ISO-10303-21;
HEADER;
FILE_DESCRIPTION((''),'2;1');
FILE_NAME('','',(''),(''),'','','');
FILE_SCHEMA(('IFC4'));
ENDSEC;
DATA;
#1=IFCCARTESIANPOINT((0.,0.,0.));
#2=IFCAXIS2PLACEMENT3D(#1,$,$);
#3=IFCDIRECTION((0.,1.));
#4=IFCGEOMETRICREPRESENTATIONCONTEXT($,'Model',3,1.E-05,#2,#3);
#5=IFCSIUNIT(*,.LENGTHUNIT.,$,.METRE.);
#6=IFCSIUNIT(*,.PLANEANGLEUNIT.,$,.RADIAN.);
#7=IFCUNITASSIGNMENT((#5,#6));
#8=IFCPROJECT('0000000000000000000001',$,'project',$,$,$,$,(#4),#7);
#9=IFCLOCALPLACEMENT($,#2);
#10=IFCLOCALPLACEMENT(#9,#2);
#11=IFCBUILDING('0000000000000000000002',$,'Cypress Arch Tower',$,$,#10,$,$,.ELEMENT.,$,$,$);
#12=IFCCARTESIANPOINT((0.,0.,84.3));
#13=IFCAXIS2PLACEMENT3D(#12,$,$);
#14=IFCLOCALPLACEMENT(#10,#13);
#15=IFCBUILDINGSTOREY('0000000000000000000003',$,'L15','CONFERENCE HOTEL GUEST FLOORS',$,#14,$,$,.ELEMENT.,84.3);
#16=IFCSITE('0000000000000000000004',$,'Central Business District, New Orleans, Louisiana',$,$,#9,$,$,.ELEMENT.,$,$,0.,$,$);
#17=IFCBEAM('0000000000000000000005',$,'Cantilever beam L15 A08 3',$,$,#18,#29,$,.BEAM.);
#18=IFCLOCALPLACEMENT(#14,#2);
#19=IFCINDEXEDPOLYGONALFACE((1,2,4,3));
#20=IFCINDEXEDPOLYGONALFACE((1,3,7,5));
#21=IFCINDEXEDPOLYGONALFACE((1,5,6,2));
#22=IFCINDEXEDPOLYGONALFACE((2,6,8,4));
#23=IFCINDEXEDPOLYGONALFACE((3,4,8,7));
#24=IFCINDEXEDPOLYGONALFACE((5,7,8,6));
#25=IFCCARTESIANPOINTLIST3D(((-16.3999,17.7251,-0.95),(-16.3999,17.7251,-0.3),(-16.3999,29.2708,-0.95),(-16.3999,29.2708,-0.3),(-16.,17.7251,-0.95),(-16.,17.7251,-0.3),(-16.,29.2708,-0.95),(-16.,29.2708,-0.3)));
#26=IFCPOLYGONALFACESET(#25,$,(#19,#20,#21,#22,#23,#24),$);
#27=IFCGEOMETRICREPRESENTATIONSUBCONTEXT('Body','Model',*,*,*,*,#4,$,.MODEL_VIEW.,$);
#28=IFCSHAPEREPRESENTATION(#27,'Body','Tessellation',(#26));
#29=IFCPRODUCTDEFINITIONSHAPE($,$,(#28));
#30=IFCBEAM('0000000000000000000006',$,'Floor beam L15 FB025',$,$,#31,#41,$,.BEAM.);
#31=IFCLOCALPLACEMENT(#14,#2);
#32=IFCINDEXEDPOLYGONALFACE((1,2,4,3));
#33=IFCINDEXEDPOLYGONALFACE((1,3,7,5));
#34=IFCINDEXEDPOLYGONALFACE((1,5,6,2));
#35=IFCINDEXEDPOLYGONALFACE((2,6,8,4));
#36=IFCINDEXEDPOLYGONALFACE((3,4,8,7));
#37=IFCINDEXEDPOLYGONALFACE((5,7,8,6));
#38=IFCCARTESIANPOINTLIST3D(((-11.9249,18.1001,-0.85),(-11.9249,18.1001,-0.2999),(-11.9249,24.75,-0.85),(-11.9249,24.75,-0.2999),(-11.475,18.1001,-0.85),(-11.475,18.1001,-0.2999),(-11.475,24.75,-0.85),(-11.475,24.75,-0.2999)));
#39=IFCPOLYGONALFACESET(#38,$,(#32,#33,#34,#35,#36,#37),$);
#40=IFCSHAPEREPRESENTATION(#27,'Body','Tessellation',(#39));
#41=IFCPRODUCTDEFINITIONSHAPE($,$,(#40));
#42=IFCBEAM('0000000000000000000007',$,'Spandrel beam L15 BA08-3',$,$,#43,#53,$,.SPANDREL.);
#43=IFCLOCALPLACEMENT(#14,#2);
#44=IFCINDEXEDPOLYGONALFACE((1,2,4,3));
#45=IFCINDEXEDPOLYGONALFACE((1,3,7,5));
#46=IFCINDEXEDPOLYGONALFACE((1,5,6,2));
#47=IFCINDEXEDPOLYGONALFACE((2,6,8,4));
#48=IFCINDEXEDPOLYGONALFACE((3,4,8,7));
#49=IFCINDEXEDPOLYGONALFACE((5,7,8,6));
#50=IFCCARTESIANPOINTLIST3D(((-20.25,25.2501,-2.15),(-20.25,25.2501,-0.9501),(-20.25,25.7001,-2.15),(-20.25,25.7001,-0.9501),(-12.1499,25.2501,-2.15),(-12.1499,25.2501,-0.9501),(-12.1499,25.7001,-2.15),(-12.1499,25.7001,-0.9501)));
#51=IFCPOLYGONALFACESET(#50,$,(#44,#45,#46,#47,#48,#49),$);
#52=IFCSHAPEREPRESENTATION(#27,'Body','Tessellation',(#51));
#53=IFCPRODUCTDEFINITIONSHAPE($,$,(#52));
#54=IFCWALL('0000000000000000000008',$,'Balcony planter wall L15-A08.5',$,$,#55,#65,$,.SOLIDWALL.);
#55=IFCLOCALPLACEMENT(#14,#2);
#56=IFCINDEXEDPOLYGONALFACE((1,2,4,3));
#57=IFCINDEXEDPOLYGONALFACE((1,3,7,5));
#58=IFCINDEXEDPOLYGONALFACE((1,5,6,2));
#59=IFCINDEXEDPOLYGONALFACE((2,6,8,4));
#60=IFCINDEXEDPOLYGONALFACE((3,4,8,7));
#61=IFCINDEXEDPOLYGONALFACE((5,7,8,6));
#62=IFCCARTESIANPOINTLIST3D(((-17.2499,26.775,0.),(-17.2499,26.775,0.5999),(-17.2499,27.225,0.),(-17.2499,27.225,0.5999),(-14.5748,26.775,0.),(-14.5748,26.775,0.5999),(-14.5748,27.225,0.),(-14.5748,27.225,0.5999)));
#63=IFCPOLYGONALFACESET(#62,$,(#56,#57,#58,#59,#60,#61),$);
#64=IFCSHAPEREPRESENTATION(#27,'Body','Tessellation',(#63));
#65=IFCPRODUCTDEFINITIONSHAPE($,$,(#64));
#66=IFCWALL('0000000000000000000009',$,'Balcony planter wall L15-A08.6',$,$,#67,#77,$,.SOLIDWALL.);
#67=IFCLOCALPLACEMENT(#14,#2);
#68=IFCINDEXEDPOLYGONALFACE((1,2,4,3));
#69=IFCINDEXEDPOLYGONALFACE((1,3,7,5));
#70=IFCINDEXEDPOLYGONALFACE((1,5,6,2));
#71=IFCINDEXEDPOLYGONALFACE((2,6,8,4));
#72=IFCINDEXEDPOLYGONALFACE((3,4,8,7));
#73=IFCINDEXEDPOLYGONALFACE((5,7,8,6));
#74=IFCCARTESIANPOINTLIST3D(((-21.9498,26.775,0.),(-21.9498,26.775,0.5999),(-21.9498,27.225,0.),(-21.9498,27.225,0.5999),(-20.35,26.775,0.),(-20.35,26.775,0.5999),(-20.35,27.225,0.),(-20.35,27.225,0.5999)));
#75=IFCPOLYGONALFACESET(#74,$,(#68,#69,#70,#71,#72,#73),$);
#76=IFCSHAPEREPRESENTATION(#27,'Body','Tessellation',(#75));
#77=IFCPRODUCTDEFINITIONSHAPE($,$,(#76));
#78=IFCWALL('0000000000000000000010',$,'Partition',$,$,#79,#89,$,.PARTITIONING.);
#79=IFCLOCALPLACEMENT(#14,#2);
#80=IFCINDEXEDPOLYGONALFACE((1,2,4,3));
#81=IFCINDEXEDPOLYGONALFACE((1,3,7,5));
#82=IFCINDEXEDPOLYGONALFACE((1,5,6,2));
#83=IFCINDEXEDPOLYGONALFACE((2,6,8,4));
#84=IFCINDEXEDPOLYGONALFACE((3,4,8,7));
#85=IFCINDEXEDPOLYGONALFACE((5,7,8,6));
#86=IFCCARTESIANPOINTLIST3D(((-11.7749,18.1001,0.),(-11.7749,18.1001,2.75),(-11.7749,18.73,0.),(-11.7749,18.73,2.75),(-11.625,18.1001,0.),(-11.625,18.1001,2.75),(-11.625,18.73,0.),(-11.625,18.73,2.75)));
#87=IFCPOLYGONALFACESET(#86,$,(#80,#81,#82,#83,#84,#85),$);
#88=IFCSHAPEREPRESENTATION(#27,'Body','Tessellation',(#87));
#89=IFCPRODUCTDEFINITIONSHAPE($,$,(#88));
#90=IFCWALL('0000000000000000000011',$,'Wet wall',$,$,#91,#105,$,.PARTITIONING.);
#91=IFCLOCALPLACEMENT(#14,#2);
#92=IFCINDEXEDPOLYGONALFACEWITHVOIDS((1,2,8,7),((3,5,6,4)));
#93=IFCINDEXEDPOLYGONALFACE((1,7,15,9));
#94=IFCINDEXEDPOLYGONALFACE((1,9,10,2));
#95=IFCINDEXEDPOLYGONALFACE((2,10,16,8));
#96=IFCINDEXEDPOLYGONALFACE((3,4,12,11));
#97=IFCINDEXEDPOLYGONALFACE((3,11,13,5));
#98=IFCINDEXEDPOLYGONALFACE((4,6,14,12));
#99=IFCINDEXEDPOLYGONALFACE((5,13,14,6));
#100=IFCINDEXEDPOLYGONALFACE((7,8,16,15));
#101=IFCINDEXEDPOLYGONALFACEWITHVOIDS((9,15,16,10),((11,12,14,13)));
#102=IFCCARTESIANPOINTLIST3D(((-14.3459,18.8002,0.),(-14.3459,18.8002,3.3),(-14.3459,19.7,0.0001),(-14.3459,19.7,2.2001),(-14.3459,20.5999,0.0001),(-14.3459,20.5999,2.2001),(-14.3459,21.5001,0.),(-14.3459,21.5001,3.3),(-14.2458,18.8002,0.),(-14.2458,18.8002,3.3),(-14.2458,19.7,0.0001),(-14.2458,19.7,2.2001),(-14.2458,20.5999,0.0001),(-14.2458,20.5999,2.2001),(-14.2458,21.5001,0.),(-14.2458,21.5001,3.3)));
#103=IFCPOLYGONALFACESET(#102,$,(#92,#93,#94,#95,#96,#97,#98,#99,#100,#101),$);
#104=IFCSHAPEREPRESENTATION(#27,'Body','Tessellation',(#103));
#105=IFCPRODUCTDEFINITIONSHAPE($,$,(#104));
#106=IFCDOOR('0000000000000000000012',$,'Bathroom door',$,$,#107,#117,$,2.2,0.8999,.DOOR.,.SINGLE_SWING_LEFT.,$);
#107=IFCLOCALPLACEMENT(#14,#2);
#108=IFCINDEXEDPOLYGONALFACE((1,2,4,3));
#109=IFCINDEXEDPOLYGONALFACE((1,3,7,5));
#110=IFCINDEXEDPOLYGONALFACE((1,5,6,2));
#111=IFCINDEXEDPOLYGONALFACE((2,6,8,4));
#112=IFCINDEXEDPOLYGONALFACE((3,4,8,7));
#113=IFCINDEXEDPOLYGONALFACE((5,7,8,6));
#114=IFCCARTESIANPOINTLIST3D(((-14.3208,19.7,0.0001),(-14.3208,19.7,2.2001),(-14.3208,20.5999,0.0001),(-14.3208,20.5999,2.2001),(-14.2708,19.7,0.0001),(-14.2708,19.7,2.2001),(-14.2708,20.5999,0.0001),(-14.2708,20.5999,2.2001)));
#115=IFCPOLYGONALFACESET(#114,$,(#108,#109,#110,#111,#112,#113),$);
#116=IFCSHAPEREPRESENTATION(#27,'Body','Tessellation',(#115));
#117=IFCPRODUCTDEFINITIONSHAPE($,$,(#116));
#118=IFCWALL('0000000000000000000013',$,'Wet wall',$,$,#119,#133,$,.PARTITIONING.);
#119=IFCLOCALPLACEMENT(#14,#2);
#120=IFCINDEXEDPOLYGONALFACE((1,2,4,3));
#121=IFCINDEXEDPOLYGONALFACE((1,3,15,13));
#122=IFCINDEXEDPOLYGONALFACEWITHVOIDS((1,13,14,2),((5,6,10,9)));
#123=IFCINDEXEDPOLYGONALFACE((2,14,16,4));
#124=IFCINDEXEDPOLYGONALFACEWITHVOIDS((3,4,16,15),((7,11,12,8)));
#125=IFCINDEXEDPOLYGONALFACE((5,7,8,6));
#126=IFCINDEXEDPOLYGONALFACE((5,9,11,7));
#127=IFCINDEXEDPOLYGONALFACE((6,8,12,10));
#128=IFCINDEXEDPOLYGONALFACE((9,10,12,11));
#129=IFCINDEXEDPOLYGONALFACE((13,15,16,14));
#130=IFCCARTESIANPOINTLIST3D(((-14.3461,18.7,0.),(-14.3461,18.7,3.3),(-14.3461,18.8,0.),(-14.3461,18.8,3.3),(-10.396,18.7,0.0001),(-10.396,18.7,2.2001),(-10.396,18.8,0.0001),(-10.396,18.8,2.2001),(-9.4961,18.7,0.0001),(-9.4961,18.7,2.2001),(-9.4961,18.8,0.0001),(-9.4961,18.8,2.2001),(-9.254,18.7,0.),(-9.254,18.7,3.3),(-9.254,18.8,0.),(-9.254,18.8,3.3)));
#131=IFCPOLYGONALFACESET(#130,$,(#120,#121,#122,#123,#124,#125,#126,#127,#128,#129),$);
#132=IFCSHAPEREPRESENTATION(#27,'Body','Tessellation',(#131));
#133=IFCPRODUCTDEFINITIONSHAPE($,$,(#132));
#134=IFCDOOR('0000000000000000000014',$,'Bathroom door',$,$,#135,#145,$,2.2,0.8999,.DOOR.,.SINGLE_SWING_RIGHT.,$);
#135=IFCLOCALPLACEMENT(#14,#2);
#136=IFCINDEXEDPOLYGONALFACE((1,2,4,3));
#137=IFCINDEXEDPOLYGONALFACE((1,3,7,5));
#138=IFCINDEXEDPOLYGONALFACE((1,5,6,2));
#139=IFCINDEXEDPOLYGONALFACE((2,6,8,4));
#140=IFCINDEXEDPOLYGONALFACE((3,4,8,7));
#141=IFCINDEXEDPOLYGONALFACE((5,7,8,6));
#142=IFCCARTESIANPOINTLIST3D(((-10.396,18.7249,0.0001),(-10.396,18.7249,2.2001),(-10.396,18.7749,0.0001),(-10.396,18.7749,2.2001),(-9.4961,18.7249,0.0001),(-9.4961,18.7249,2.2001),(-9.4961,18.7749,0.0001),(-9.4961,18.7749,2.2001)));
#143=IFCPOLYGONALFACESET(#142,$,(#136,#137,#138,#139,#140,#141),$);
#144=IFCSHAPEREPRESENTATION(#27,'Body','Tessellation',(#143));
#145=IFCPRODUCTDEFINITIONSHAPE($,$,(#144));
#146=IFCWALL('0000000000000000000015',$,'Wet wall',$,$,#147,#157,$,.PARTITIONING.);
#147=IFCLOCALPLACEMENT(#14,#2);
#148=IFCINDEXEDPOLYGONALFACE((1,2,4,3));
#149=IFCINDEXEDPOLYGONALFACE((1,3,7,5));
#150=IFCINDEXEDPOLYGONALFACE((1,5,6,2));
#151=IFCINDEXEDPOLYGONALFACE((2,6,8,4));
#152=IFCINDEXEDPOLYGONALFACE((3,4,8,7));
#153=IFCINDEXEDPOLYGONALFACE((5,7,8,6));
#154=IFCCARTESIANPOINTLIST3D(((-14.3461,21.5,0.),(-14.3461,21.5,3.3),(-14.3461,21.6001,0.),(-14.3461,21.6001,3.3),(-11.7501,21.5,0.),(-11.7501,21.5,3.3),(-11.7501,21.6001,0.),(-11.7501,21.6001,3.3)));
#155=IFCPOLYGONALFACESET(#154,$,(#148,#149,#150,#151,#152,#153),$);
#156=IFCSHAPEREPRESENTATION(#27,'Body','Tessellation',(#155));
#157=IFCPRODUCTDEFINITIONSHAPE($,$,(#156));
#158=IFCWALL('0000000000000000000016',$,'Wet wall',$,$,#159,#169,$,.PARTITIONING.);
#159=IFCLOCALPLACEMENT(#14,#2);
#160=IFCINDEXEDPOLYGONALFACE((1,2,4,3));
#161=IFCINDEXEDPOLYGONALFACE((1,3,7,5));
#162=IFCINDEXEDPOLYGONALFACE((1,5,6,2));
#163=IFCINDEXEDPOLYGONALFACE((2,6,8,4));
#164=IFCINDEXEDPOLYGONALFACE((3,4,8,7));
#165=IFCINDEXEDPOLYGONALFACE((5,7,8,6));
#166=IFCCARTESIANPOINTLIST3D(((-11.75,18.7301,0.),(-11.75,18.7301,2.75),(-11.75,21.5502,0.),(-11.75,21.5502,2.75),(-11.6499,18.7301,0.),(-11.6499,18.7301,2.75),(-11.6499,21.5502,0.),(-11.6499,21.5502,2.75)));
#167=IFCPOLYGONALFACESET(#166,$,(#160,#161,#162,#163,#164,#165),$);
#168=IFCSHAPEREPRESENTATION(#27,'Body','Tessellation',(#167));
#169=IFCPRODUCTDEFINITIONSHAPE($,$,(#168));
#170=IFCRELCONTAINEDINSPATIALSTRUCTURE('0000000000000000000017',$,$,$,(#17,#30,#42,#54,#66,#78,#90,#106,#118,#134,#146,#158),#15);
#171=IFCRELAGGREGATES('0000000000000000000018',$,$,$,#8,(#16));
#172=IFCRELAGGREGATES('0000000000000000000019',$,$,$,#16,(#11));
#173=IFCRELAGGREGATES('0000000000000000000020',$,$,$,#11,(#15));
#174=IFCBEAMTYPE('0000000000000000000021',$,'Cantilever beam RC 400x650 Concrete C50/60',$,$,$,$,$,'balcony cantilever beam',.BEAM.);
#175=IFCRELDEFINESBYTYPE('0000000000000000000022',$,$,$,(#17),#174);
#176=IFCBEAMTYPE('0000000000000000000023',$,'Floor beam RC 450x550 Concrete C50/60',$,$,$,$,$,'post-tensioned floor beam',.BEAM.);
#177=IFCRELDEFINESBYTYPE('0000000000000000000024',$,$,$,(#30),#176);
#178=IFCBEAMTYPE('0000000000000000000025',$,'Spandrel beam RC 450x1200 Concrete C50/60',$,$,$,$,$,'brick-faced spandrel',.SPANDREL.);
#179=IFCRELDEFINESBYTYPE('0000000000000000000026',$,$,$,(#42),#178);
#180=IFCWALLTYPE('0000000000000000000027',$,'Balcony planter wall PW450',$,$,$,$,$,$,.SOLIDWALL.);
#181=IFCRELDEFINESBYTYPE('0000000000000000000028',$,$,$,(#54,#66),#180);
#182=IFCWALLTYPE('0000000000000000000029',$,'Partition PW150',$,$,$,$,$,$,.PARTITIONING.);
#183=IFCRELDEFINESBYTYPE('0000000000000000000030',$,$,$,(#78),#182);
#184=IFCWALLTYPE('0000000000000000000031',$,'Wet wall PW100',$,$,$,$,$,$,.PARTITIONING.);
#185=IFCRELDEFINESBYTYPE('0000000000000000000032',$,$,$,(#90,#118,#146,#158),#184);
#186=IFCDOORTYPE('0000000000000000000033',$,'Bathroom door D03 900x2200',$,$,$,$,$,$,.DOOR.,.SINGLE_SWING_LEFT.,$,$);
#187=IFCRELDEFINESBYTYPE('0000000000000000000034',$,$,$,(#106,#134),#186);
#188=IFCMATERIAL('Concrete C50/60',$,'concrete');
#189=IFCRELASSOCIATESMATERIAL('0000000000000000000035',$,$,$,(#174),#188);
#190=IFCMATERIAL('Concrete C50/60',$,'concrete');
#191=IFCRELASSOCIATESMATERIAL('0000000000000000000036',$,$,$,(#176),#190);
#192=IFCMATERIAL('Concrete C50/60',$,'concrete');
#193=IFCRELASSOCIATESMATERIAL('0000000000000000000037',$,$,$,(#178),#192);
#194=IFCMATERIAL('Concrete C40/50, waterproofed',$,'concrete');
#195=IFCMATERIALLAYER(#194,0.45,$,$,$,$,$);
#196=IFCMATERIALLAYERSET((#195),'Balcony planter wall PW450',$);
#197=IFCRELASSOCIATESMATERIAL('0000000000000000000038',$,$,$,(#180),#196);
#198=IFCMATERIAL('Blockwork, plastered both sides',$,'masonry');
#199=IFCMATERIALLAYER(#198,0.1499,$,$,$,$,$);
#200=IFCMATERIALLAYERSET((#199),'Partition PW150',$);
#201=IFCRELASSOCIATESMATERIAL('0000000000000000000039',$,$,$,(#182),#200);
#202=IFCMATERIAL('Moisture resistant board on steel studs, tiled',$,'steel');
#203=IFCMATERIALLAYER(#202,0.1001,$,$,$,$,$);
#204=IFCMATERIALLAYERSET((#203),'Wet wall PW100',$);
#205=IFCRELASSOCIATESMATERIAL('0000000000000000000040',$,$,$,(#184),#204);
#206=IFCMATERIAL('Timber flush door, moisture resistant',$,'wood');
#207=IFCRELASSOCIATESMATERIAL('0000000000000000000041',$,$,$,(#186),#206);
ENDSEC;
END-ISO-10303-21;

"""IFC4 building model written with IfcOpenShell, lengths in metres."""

from ifc_helpers import new_model, si_unit, direction, frame, frame_2d, origin, origin_2d, place, context, subcontext, project, spatial, rectangle, extrude, material, layer, layer_set, material_profile, profile_set, type_object, element, fill, save


model = new_model("IFC4")

# Units and contexts
model_context = context("Model", 3, precision=1e-05, world=origin(), true_north=direction((0.0, 1.0)))
body_context = subcontext(model_context, "Body", "Model", "MODEL_VIEW")
ifc_project = project(units=[si_unit("LENGTHUNIT", "METRE"), si_unit("PLANEANGLEUNIT", "RADIAN")], contexts=[model_context])

# Site, building, storey
site_placement = place(None, origin())
site = spatial("IfcSite", under=ifc_project, at=site_placement, Name="Central Business District, New Orleans, Louisiana", CompositionType="ELEMENT", RefElevation=0.0)
building_placement = place(site_placement, origin())
building = spatial("IfcBuilding", under=site, at=building_placement, Name="Cypress Arch Tower", CompositionType="ELEMENT")
storey_placement = place(building_placement, frame((0.0, 0.0, 84.3)))
storey = spatial("IfcBuildingStorey", under=building, at=storey_placement, Name="L15", Description="CONFERENCE HOTEL GUEST FLOORS", CompositionType="ELEMENT", Elevation=84.3)

# Beams
ifc_material_1 = material(Name="Concrete C50/60", Category="concrete")
ifc_material_profile_1 = material_profile(ifc_material_1, rectangle(XDim=0.3999, YDim=0.6499, at=origin_2d()), Name="RC 400x650")
ifc_profile_set_1 = profile_set([ifc_material_profile_1], Name="Concrete C50/60")
beam_type_1 = type_object("IfcBeamType", Name="Cantilever beam RC 400x650 Concrete C50/60", ElementType="balcony cantilever beam", PredefinedType="BEAM", material=ifc_profile_set_1)
beam_1_placement = place(storey_placement, frame((-16.2, 17.7251, -0.625), z_axis=(0.0, 1.0, 0.0), x_axis=(-1.0, 0.0, 0.0)))
element("IfcBeam", 1, at=beam_1_placement, inside=storey, type_object=beam_type_1, Name="Cantilever beam L15 A08 3", PredefinedType="BEAM", context=body_context, shape_type="SweptSolid", body=[
    extrude(rectangle(XDim=0.3999, YDim=0.6499, at=origin_2d()), origin(), (0.0, 0.0, 1.0), 11.5457),
])
ifc_material_2 = material(Name="Concrete C50/60", Category="concrete")
ifc_material_profile_2 = material_profile(ifc_material_2, rectangle(XDim=0.45, YDim=0.55, at=origin_2d()), Name="RC 450x550")
ifc_profile_set_2 = profile_set([ifc_material_profile_2], Name="Concrete C50/60")
beam_type_2 = type_object("IfcBeamType", Name="Floor beam RC 450x550 Concrete C50/60", ElementType="post-tensioned floor beam", PredefinedType="BEAM", material=ifc_profile_set_2)
beam_2_placement = place(storey_placement, frame((-11.7, 18.1001, -0.575), z_axis=(0.0, 1.0, 0.0), x_axis=(-1.0, 0.0, 0.0)))
element("IfcBeam", 2, at=beam_2_placement, inside=storey, type_object=beam_type_2, Name="Floor beam L15 FB025", PredefinedType="BEAM", context=body_context, shape_type="SweptSolid", body=[
    extrude(rectangle(XDim=0.45, YDim=0.55, at=origin_2d()), origin(), (0.0, 0.0, 1.0), 6.6499),
])
ifc_material_3 = material(Name="Concrete C50/60", Category="concrete")
ifc_material_profile_3 = material_profile(ifc_material_3, rectangle(XDim=0.45, YDim=1.2, at=origin_2d()), Name="RC 450x1200")
ifc_profile_set_3 = profile_set([ifc_material_profile_3], Name="Concrete C50/60")
beam_type_3 = type_object("IfcBeamType", Name="Spandrel beam RC 450x1200 Concrete C50/60", ElementType="brick-faced spandrel", PredefinedType="SPANDREL", material=ifc_profile_set_3)
beam_3_placement = place(storey_placement, frame((-12.1499, 25.4751, -1.55), z_axis=(-1.0, 0.0, 0.0), x_axis=(0.0, -1.0, 0.0)))
element("IfcBeam", 3, at=beam_3_placement, inside=storey, type_object=beam_type_3, Name="Spandrel beam L15 BA08-3", PredefinedType="SPANDREL", context=body_context, shape_type="SweptSolid", body=[
    extrude(rectangle(XDim=0.45, YDim=1.2, at=origin_2d()), origin(), (0.0, 0.0, 1.0), 8.1001),
])

# Walls
ifc_material_4 = material(Name="Concrete C40/50, waterproofed", Category="concrete")
ifc_layer_1 = layer(ifc_material_4, 0.45)
ifc_layer_set_1 = layer_set([ifc_layer_1], Name="Balcony planter wall PW450")
wall_type_1 = type_object("IfcWallType", Name="Balcony planter wall PW450", PredefinedType="SOLIDWALL", material=ifc_layer_set_1)
wall_1_placement = place(storey_placement, frame((-14.575, 27.0, 0.0), z_axis=(0.0, 0.0, 1.0), x_axis=(-1.0, 0.0, 0.0)))
element("IfcWall", 4, at=wall_1_placement, inside=storey, type_object=wall_type_1, Name="Balcony planter wall L15-A08.5", PredefinedType="SOLIDWALL", context=body_context, shape_type="SweptSolid", body=[
    extrude(rectangle(XDim=2.675, YDim=0.45, at=frame_2d((1.3374, 0.0))), origin(), (0.0, 0.0, 1.0), 0.5999),
])
wall_2_placement = place(storey_placement, frame((-20.3501, 27.0, 0.0), z_axis=(0.0, 0.0, 1.0), x_axis=(-1.0, 0.0, 0.0)))
element("IfcWall", 5, at=wall_2_placement, inside=storey, type_object=wall_type_1, Name="Balcony planter wall L15-A08.6", PredefinedType="SOLIDWALL", context=body_context, shape_type="SweptSolid", body=[
    extrude(rectangle(XDim=1.5999, YDim=0.45, at=frame_2d((0.7998, 0.0))), origin(), (0.0, 0.0, 1.0), 0.5999),
])

# Wall
ifc_material_5 = material(Name="Blockwork, plastered both sides", Category="masonry")
ifc_layer_2 = layer(ifc_material_5, 0.1499)
ifc_layer_set_2 = layer_set([ifc_layer_2], Name="Partition PW150")
wall_type_2 = type_object("IfcWallType", Name="Partition PW150", PredefinedType="PARTITIONING", material=ifc_layer_set_2)
wall_3_placement = place(storey_placement, frame((-11.7, 18.1001, 0.0), z_axis=(0.0, 0.0, 1.0), x_axis=(0.0, 1.0, 0.0)))
element("IfcWall", 6, at=wall_3_placement, inside=storey, type_object=wall_type_2, Name="Partition", PredefinedType="PARTITIONING", context=body_context, shape_type="SweptSolid", body=[
    extrude(rectangle(XDim=0.6299, YDim=0.1499, at=frame_2d((0.3149, 0.0))), origin(), (0.0, 0.0, 1.0), 2.75),
])

# Walls, openings, doors
ifc_material_6 = material(Name="Moisture resistant board on steel studs, tiled", Category="steel")
ifc_layer_3 = layer(ifc_material_6, 0.1001)
ifc_layer_set_3 = layer_set([ifc_layer_3], Name="Wet wall PW100")
wall_type_3 = type_object("IfcWallType", Name="Wet wall PW100", PredefinedType="PARTITIONING", material=ifc_layer_set_3)
wall_4_placement = place(storey_placement, frame((-14.2959, 18.8, 0.0), z_axis=(0.0, 0.0, 1.0), x_axis=(0.0, 1.0, 0.0)))
wall_4 = element("IfcWall", 7, at=wall_4_placement, inside=storey, type_object=wall_type_3, Name="Wet wall", PredefinedType="PARTITIONING", context=body_context, shape_type="SweptSolid", body=[
    extrude(rectangle(XDim=2.7, YDim=0.1001, at=frame_2d((1.3501, 0.0))), origin(), (0.0, 0.0, 1.0), 3.3),
])
opening_1_placement = place(wall_4_placement, frame((0.8999, 0.0, 0.0)))
opening_1 = element("IfcOpeningElement", 8, at=opening_1_placement, cuts=wall_4, PredefinedType="OPENING", context=body_context, shape_type="SweptSolid", body=[
    extrude(rectangle(XDim=0.8999, YDim=2.2, at=frame_2d((0.45, 1.1001))), frame((0.0, 0.0601, 0.0), z_axis=(0.0, -1.0, 0.0), x_axis=(1.0, 0.0, 0.0)), (0.0, 0.0, 1.0), 0.1201),
])
ifc_material_7 = material(Name="Timber flush door, moisture resistant", Category="wood")
door_type_1 = type_object("IfcDoorType", Name="Bathroom door D03 900x2200", OperationType="SINGLE_SWING_LEFT", PredefinedType="DOOR", material=ifc_material_7)
door_1_placement = place(opening_1_placement, origin())
door_1 = element("IfcDoor", 9, at=door_1_placement, inside=storey, type_object=door_type_1, Name="Bathroom door", OperationType="SINGLE_SWING_LEFT", OverallHeight=2.2, OverallWidth=0.8999, PredefinedType="DOOR", context=body_context, shape_type="SweptSolid", body=[
    extrude(rectangle(XDim=0.8999, YDim=2.2, at=frame_2d((0.45, 1.1001))), frame((0.0, 0.0249, 0.0), z_axis=(0.0, -1.0, 0.0), x_axis=(1.0, 0.0, 0.0)), (0.0, 0.0, 1.0), 0.05),
])
fill(opening_1, door_1)
wall_5_placement = place(storey_placement, frame((-14.3459, 18.75, 0.0), z_axis=(0.0, 0.0, 1.0), x_axis=(1.0, 0.0, 0.0)))
wall_5 = element("IfcWall", 10, at=wall_5_placement, inside=storey, type_object=wall_type_3, Name="Wet wall", PredefinedType="PARTITIONING", context=body_context, shape_type="SweptSolid", body=[
    extrude(rectangle(XDim=5.092, YDim=0.1001, at=frame_2d((2.5459, 0.0))), origin(), (0.0, 0.0, 1.0), 3.3),
])
opening_2_placement = place(wall_5_placement, frame((3.95, 0.0, 0.0)))
opening_2 = element("IfcOpeningElement", 11, at=opening_2_placement, cuts=wall_5, PredefinedType="OPENING", context=body_context, shape_type="SweptSolid", body=[
    extrude(rectangle(XDim=0.8999, YDim=2.2, at=frame_2d((0.45, 1.1001))), frame((0.0, 0.0601, 0.0), z_axis=(0.0, -1.0, 0.0), x_axis=(1.0, 0.0, 0.0)), (0.0, 0.0, 1.0), 0.1201),
])
door_2_placement = place(opening_2_placement, origin())
door_2 = element("IfcDoor", 12, at=door_2_placement, inside=storey, type_object=door_type_1, Name="Bathroom door", OperationType="SINGLE_SWING_RIGHT", OverallHeight=2.2, OverallWidth=0.8999, PredefinedType="DOOR", context=body_context, shape_type="SweptSolid", body=[
    extrude(rectangle(XDim=0.8999, YDim=2.2, at=frame_2d((0.45, 1.1001))), frame((0.0, 0.0249, 0.0), z_axis=(0.0, -1.0, 0.0), x_axis=(1.0, 0.0, 0.0)), (0.0, 0.0, 1.0), 0.05),
])
fill(opening_2, door_2)

# Walls
wall_6_placement = place(storey_placement, frame((-14.3459, 21.55, 0.0), z_axis=(0.0, 0.0, 1.0), x_axis=(1.0, 0.0, 0.0)))
element("IfcWall", 13, at=wall_6_placement, inside=storey, type_object=wall_type_3, Name="Wet wall", PredefinedType="PARTITIONING", context=body_context, shape_type="SweptSolid", body=[
    extrude(rectangle(XDim=2.5959, YDim=0.1001, at=frame_2d((1.2979, 0.0))), origin(), (0.0, 0.0, 1.0), 3.3),
])
wall_7_placement = place(storey_placement, frame((-11.7, 18.73, 0.0), z_axis=(0.0, 0.0, 1.0), x_axis=(0.0, 1.0, 0.0)))
element("IfcWall", 14, at=wall_7_placement, inside=storey, type_object=wall_type_3, Name="Wet wall", PredefinedType="PARTITIONING", context=body_context, shape_type="SweptSolid", body=[
    extrude(rectangle(XDim=2.8201, YDim=0.1001, at=frame_2d((1.4102, 0.0))), origin(), (0.0, 0.0, 1.0), 2.75),
])

save(model, "model.ifc")
